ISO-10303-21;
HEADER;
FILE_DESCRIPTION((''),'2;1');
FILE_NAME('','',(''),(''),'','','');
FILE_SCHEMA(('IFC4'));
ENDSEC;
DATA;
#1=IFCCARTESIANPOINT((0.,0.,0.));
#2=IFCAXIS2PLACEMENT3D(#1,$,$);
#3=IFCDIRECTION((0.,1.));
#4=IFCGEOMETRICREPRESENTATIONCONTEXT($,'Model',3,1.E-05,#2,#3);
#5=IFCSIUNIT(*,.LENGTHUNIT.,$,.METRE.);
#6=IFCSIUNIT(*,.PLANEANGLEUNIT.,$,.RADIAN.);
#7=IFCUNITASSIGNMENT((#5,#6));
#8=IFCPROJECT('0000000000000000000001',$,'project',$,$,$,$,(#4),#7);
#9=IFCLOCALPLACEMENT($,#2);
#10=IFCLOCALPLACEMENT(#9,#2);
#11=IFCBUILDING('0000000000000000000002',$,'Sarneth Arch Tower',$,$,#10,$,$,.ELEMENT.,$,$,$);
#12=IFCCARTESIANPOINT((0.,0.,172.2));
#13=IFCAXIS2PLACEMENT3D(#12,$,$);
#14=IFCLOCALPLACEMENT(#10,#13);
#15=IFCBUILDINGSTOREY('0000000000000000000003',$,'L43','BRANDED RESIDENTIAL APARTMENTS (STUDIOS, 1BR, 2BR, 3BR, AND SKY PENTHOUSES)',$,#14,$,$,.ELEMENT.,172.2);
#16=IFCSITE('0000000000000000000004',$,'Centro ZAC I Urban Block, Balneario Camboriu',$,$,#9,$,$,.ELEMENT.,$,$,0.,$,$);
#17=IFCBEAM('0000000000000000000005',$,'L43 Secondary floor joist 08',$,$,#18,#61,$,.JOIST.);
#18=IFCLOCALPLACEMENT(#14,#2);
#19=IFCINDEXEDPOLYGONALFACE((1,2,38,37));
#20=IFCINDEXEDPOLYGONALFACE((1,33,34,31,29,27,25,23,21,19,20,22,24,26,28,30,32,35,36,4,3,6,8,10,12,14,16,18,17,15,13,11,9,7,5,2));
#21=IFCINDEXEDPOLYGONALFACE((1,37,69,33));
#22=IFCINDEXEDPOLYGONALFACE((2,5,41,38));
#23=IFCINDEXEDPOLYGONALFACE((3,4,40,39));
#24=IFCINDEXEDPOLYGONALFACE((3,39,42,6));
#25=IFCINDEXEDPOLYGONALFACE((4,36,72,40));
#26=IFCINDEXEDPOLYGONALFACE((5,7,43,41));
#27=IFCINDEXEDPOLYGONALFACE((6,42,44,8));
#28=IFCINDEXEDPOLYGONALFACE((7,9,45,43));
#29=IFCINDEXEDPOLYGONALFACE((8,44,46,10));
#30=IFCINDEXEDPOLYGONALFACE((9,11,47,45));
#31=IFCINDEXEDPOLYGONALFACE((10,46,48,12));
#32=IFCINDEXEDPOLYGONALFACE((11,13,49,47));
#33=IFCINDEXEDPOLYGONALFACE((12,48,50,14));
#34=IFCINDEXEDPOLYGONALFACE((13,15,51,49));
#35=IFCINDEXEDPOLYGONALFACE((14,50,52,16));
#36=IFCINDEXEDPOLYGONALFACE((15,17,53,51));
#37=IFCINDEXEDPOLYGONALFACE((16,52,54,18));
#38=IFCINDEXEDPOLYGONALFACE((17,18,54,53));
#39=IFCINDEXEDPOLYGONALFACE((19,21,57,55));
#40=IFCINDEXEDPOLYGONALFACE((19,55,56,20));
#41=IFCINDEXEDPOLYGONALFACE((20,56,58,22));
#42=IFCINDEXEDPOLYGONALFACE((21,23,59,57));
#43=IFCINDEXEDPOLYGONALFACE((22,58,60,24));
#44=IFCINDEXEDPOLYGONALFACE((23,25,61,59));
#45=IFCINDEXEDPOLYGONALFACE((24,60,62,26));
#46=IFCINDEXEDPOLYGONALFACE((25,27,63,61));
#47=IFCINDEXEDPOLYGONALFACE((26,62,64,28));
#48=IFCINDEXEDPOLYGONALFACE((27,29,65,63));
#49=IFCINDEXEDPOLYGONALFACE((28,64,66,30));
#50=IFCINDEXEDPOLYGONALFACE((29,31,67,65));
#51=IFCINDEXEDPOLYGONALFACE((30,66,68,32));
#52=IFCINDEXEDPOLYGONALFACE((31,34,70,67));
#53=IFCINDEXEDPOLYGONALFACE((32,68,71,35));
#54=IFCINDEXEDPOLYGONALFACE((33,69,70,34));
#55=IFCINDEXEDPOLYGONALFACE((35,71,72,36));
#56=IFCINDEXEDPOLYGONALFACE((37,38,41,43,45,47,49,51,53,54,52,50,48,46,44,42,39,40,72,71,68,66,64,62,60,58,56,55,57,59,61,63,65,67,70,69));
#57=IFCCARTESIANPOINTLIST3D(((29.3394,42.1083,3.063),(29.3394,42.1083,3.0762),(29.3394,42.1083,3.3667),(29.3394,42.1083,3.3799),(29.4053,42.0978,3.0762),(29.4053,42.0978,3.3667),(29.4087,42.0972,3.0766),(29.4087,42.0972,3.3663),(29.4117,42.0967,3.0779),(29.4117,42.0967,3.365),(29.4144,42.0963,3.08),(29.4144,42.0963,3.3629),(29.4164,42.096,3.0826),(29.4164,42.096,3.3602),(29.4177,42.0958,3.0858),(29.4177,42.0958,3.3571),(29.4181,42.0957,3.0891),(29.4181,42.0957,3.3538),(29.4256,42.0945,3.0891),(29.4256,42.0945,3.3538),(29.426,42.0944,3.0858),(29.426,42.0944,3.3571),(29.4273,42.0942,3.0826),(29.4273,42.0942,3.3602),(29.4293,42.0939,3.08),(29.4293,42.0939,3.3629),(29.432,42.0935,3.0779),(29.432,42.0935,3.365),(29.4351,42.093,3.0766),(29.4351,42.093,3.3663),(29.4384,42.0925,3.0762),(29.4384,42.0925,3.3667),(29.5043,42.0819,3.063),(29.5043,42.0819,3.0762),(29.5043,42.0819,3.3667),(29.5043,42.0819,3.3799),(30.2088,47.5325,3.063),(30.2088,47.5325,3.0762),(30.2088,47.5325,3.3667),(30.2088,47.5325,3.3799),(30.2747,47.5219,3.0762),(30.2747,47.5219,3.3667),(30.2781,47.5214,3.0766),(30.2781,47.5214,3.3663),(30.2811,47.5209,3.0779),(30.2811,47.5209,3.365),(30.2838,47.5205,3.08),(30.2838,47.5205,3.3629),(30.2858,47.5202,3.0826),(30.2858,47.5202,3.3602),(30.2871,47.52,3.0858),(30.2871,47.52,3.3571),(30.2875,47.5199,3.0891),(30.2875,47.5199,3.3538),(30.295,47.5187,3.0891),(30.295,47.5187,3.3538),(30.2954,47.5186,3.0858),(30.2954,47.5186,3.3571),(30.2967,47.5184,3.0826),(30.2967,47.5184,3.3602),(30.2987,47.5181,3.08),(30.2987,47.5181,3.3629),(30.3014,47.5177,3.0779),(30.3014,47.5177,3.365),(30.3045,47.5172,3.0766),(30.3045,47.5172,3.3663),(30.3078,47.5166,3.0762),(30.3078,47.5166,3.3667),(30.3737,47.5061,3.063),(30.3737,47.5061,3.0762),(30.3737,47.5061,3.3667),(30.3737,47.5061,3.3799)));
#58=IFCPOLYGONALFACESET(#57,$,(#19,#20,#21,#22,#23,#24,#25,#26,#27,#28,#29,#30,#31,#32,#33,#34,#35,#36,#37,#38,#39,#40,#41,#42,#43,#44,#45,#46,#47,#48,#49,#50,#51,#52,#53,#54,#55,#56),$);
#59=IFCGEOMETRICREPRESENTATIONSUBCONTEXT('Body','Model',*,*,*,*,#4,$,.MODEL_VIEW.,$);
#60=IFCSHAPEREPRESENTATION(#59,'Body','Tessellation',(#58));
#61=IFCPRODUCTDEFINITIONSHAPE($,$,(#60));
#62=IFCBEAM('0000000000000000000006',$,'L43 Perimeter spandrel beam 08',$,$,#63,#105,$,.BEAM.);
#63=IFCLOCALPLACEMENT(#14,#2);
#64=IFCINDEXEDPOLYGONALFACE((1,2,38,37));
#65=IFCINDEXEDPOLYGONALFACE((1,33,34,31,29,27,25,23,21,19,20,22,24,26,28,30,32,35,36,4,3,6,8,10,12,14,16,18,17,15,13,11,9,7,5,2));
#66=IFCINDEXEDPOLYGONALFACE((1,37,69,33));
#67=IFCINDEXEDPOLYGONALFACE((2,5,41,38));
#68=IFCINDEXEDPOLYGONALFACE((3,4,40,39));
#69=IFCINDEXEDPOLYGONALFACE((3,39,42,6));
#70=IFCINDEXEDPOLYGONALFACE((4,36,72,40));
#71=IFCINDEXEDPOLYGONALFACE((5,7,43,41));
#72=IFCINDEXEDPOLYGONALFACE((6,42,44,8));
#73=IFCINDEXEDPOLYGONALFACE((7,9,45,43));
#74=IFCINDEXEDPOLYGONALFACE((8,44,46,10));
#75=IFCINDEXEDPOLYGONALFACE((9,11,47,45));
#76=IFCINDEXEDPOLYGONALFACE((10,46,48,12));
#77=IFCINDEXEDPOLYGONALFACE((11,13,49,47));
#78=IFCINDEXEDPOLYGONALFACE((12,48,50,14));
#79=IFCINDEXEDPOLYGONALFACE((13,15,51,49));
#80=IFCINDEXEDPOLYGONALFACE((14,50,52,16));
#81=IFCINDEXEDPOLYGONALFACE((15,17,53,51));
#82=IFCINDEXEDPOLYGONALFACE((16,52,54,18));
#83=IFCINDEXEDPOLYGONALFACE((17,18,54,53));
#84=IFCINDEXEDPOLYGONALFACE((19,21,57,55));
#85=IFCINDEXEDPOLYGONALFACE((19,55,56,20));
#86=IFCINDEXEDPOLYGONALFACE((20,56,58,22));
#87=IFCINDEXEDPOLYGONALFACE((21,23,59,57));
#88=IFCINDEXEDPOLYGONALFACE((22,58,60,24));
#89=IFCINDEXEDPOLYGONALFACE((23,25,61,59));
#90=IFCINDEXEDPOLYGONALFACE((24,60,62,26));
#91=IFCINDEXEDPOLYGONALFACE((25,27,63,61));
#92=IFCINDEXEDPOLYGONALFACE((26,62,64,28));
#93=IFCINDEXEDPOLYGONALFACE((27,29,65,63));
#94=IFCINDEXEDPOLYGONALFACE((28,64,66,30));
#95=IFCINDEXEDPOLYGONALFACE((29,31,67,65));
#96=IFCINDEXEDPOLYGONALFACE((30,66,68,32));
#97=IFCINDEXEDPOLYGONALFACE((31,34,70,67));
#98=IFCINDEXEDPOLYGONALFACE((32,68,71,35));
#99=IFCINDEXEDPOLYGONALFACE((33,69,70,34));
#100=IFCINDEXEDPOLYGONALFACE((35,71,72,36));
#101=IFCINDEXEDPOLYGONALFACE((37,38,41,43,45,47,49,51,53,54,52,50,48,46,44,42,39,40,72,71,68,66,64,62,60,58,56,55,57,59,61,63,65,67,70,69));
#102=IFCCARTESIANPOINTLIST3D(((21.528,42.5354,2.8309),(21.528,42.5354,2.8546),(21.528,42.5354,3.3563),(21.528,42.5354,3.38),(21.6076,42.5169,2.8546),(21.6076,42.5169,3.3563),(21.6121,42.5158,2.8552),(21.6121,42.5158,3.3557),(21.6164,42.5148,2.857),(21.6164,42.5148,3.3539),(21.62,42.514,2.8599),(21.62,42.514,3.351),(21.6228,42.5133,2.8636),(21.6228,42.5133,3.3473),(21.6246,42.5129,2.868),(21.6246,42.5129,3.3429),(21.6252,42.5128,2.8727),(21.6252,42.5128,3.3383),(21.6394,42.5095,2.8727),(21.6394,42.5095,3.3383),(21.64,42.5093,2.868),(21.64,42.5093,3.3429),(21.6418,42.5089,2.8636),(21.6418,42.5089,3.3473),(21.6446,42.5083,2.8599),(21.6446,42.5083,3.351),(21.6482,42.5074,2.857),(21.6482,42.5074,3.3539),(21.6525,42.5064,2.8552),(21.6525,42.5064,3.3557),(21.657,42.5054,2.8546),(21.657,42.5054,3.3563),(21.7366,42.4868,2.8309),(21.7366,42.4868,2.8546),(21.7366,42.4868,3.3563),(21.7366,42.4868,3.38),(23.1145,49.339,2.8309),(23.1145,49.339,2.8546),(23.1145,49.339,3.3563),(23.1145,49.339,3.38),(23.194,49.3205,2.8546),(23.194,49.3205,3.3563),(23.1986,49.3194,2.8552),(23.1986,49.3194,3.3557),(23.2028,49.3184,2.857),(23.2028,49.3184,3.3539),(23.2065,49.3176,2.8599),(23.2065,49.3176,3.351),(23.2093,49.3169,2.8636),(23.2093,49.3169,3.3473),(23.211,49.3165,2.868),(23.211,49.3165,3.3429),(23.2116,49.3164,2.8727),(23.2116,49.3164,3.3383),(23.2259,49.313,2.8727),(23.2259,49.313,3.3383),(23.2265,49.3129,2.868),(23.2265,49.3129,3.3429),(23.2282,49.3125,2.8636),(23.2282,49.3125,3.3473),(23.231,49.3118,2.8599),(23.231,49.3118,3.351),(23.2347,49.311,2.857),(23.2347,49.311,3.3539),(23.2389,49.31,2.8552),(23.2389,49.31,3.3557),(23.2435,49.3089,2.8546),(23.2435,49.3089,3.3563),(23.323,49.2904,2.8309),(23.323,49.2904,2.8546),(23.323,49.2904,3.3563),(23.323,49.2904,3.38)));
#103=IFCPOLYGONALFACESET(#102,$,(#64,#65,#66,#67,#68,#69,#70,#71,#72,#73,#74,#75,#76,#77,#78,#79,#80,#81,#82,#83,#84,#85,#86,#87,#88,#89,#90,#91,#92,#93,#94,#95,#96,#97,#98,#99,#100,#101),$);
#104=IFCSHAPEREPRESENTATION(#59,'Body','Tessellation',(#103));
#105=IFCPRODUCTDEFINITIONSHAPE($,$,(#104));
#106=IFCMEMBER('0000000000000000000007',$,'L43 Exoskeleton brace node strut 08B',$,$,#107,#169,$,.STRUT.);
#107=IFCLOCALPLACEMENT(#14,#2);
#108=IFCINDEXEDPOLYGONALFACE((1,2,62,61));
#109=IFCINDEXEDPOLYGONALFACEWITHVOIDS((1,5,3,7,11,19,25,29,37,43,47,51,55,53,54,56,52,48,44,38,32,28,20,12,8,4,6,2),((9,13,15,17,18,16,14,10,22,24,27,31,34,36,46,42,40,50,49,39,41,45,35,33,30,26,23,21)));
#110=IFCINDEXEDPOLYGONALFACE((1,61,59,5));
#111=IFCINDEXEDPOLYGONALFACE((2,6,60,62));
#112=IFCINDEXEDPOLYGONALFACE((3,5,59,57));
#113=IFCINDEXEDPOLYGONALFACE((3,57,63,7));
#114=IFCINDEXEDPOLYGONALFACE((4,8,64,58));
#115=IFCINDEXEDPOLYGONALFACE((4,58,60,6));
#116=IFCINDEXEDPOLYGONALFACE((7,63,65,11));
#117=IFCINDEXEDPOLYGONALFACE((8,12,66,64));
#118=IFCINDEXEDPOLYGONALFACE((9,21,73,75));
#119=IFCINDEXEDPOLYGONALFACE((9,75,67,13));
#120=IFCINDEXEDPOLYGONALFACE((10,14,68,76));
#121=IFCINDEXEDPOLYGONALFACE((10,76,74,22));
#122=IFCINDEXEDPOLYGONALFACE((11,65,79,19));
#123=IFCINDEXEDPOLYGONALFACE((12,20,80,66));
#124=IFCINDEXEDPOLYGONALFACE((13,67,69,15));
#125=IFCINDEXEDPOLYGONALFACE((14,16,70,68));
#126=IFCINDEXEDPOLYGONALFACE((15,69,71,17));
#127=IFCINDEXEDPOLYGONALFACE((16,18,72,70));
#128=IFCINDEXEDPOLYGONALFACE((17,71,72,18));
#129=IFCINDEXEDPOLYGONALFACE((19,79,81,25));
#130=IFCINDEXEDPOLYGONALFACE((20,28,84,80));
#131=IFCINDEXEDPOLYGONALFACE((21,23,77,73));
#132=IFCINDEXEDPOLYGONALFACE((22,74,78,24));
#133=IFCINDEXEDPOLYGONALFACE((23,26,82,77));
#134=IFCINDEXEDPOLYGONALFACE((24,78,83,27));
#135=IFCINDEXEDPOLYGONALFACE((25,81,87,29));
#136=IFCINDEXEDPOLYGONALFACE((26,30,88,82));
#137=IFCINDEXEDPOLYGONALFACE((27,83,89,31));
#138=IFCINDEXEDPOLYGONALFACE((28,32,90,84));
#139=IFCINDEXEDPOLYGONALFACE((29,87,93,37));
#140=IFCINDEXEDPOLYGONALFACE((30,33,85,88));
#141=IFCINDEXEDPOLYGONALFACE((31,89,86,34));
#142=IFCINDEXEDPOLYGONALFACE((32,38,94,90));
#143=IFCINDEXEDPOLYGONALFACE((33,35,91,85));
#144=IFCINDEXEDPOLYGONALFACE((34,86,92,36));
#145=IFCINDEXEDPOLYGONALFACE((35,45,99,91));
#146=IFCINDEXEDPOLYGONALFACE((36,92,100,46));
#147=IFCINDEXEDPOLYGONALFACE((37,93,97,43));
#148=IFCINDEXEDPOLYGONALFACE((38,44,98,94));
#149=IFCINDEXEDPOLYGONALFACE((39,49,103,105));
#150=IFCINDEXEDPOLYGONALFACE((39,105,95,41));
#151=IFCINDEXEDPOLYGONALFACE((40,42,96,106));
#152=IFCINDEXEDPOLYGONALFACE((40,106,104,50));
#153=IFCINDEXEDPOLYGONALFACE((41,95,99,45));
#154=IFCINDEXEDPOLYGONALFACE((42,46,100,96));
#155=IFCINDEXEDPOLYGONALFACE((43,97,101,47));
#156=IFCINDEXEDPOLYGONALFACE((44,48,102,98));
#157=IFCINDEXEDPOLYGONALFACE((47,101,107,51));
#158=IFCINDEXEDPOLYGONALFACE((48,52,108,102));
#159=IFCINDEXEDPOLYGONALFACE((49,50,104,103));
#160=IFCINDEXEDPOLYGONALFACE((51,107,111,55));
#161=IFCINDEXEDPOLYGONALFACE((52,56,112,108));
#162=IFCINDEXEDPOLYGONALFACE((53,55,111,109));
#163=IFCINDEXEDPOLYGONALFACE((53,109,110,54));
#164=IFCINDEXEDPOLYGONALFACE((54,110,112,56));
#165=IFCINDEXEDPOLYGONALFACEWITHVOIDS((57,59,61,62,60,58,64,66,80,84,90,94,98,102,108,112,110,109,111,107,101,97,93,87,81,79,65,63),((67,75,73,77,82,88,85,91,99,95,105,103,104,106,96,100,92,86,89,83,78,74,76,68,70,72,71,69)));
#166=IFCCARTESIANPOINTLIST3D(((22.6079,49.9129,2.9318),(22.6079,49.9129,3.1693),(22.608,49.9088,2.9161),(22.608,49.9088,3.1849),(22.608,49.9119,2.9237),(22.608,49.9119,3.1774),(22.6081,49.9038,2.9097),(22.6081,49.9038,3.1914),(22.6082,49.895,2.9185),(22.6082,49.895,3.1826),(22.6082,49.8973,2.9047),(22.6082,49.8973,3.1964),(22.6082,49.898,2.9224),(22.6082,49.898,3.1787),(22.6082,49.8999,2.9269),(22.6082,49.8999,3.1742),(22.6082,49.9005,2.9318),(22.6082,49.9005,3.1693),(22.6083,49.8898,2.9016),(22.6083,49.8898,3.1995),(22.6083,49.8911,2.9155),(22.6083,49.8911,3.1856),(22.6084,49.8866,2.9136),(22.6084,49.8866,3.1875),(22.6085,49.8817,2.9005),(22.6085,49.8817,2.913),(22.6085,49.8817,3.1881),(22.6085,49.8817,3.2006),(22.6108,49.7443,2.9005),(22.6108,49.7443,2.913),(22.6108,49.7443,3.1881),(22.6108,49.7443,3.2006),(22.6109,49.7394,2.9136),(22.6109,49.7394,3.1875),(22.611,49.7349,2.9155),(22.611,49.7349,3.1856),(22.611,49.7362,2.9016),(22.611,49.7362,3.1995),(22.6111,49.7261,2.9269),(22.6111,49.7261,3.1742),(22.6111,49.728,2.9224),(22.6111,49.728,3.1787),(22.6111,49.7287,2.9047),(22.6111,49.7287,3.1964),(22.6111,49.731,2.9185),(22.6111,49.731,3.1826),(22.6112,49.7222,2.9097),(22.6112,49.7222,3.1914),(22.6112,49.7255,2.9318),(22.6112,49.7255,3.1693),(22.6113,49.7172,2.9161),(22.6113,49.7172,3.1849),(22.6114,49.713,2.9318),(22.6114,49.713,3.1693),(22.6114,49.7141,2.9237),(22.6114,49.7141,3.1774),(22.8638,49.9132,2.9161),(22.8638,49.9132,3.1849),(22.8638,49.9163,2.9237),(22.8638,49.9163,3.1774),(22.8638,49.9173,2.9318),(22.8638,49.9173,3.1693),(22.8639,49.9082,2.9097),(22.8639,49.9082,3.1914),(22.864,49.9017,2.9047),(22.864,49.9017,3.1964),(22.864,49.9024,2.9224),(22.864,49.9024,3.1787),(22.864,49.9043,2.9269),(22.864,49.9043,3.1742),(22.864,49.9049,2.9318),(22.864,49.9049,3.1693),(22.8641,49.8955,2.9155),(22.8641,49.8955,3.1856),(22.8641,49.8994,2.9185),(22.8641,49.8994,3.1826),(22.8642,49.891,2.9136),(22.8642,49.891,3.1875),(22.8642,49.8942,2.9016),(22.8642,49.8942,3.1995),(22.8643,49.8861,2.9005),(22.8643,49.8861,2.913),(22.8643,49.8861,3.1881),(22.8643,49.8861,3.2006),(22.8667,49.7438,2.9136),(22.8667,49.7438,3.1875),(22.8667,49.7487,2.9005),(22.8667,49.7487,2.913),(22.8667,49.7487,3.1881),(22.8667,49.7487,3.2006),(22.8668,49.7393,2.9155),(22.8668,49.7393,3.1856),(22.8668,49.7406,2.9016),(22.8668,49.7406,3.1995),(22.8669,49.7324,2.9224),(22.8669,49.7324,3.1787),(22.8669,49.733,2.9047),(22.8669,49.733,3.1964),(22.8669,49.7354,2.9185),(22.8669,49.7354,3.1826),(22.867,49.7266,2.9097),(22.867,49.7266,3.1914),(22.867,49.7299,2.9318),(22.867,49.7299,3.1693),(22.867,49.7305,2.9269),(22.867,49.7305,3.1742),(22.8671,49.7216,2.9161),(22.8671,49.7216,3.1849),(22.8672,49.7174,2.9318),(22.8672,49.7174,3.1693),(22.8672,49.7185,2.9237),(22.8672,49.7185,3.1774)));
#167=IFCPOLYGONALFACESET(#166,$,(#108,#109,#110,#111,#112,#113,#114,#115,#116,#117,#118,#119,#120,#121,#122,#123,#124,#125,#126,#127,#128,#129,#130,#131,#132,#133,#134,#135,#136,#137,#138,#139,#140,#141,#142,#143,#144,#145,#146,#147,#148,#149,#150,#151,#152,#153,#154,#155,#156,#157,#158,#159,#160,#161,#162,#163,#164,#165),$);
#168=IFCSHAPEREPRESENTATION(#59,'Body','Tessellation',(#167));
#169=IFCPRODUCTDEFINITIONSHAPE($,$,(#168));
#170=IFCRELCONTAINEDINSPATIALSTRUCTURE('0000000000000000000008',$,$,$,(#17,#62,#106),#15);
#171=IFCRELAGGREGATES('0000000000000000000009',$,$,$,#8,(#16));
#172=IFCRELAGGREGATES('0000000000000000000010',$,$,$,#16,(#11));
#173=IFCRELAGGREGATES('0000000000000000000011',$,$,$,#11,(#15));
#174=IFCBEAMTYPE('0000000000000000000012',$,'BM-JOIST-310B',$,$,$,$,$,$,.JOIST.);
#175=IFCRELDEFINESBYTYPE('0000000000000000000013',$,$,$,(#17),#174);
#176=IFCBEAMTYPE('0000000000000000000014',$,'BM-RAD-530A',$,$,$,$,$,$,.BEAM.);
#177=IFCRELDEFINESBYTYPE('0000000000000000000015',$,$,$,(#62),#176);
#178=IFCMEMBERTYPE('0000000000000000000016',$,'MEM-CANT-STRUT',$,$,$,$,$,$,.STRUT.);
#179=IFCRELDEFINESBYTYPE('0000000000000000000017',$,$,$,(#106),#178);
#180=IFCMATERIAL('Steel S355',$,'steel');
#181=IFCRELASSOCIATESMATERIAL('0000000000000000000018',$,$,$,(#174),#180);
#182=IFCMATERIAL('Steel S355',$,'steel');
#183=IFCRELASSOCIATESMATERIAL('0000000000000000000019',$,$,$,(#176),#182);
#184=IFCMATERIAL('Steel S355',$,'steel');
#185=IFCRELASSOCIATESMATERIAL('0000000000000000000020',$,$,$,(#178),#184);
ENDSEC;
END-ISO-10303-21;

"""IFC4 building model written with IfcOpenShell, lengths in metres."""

from ifc_helpers import new_model, si_unit, direction, frame, origin, origin_2d, place, context, subcontext, project, spatial, hollow_rectangle, i_section, extrude, material, material_profile, profile_set, type_object, element, save


model = new_model("IFC4")

# Units and contexts
model_context = context("Model", 3, precision=1e-05, world=origin(), true_north=direction((0.0, 1.0)))
body_context = subcontext(model_context, "Body", "Model", "MODEL_VIEW")
ifc_project = project(units=[si_unit("LENGTHUNIT", "METRE"), si_unit("PLANEANGLEUNIT", "RADIAN")], contexts=[model_context])

# Site, building, storey
site_placement = place(None, origin())
site = spatial("IfcSite", under=ifc_project, at=site_placement, Name="Centro ZAC I Urban Block, Balneario Camboriu", CompositionType="ELEMENT", RefElevation=0.0)
building_placement = place(site_placement, origin())
building = spatial("IfcBuilding", under=site, at=building_placement, Name="Sarneth Arch Tower", CompositionType="ELEMENT")
storey_placement = place(building_placement, frame((0.0, 0.0, 172.2)))
storey = spatial("IfcBuildingStorey", under=building, at=storey_placement, Name="L43", Description="BRANDED RESIDENTIAL APARTMENTS (STUDIOS, 1BR, 2BR, 3BR, AND SKY PENTHOUSES)", CompositionType="ELEMENT", Elevation=172.2)

# Beams
ifc_material_1 = material(Name="Steel S355", Category="steel")
ifc_material_profile_1 = material_profile(ifc_material_1, i_section(OverallWidth=0.167, OverallDepth=0.3169, WebThickness=0.0076, FlangeThickness=0.0132, FilletRadius=0.0129, at=origin_2d()), Name="W310x52")
ifc_profile_set_1 = profile_set([ifc_material_profile_1], Name="Steel S355")
beam_type_1 = type_object("IfcBeamType", Name="BM-JOIST-310B", PredefinedType="JOIST", material=ifc_profile_set_1)
beam_1_placement = place(storey_placement, frame((30.2913, 47.5193, 3.2214), z_axis=(-0.158263, -0.987397, 0.0), x_axis=(0.987397, -0.158263, 0.0)))
element("IfcBeam", 1, at=beam_1_placement, inside=storey, type_object=beam_type_1, Name="L43 Secondary floor joist 08", PredefinedType="JOIST", context=body_context, shape_type="SweptSolid", body=[
    extrude(i_section(OverallWidth=0.167, OverallDepth=0.3169, WebThickness=0.0076, FlangeThickness=0.0132, FilletRadius=0.0129, at=origin_2d()), origin(), (0.0, 0.0, 1.0), 5.4934),
])
ifc_material_2 = material(Name="Steel S355", Category="steel")
ifc_material_profile_2 = material_profile(ifc_material_2, i_section(OverallWidth=0.2141, OverallDepth=0.5491, WebThickness=0.0146, FlangeThickness=0.0237, FilletRadius=0.0181, at=origin_2d()), Name="W530x138")
ifc_profile_set_2 = profile_set([ifc_material_profile_2], Name="Steel S355")
beam_type_2 = type_object("IfcBeamType", Name="BM-RAD-530A", PredefinedType="BEAM", material=ifc_profile_set_2)
beam_2_placement = place(storey_placement, frame((23.2188, 49.3147, 3.1055), z_axis=(-0.227087, -0.973874, 0.0), x_axis=(0.973874, -0.227087, 0.0)))
element("IfcBeam", 2, at=beam_2_placement, inside=storey, type_object=beam_type_2, Name="L43 Perimeter spandrel beam 08", PredefinedType="BEAM", context=body_context, shape_type="SweptSolid", body=[
    extrude(i_section(OverallWidth=0.2141, OverallDepth=0.5491, WebThickness=0.0146, FlangeThickness=0.0237, FilletRadius=0.0181, at=origin_2d()), origin(), (0.0, 0.0, 1.0), 6.9861),
])

# Member
ifc_material_3 = material(Name="Steel S355", Category="steel")
ifc_material_profile_3 = material_profile(ifc_material_3, hollow_rectangle(XDim=0.2, YDim=0.3, WallThickness=0.0125, InnerFilletRadius=0.0188, OuterFilletRadius=0.0312, at=origin_2d()), Name="RHS300x200x12.5")
ifc_profile_set_3 = profile_set([ifc_material_profile_3], Name="Steel S355")
member_type_1 = type_object("IfcMemberType", Name="MEM-CANT-STRUT", PredefinedType="STRUT", material=ifc_profile_set_3)
member_1_placement = place(storey_placement, frame((22.8655, 49.8174, 3.0505), z_axis=(-0.999853, -0.017173, 0.0), x_axis=(0.017173, -0.999853, 0.0)))
element("IfcMember", 3, at=member_1_placement, inside=storey, type_object=member_type_1, Name="L43 Exoskeleton brace node strut 08B", PredefinedType="STRUT", context=body_context, shape_type="SweptSolid", body=[
    extrude(hollow_rectangle(XDim=0.2, YDim=0.3, WallThickness=0.0125, InnerFilletRadius=0.0188, OuterFilletRadius=0.0312, at=origin_2d()), origin(), (0.0, 0.0, 1.0), 0.2559),
])

save(model, "model.ifc")
